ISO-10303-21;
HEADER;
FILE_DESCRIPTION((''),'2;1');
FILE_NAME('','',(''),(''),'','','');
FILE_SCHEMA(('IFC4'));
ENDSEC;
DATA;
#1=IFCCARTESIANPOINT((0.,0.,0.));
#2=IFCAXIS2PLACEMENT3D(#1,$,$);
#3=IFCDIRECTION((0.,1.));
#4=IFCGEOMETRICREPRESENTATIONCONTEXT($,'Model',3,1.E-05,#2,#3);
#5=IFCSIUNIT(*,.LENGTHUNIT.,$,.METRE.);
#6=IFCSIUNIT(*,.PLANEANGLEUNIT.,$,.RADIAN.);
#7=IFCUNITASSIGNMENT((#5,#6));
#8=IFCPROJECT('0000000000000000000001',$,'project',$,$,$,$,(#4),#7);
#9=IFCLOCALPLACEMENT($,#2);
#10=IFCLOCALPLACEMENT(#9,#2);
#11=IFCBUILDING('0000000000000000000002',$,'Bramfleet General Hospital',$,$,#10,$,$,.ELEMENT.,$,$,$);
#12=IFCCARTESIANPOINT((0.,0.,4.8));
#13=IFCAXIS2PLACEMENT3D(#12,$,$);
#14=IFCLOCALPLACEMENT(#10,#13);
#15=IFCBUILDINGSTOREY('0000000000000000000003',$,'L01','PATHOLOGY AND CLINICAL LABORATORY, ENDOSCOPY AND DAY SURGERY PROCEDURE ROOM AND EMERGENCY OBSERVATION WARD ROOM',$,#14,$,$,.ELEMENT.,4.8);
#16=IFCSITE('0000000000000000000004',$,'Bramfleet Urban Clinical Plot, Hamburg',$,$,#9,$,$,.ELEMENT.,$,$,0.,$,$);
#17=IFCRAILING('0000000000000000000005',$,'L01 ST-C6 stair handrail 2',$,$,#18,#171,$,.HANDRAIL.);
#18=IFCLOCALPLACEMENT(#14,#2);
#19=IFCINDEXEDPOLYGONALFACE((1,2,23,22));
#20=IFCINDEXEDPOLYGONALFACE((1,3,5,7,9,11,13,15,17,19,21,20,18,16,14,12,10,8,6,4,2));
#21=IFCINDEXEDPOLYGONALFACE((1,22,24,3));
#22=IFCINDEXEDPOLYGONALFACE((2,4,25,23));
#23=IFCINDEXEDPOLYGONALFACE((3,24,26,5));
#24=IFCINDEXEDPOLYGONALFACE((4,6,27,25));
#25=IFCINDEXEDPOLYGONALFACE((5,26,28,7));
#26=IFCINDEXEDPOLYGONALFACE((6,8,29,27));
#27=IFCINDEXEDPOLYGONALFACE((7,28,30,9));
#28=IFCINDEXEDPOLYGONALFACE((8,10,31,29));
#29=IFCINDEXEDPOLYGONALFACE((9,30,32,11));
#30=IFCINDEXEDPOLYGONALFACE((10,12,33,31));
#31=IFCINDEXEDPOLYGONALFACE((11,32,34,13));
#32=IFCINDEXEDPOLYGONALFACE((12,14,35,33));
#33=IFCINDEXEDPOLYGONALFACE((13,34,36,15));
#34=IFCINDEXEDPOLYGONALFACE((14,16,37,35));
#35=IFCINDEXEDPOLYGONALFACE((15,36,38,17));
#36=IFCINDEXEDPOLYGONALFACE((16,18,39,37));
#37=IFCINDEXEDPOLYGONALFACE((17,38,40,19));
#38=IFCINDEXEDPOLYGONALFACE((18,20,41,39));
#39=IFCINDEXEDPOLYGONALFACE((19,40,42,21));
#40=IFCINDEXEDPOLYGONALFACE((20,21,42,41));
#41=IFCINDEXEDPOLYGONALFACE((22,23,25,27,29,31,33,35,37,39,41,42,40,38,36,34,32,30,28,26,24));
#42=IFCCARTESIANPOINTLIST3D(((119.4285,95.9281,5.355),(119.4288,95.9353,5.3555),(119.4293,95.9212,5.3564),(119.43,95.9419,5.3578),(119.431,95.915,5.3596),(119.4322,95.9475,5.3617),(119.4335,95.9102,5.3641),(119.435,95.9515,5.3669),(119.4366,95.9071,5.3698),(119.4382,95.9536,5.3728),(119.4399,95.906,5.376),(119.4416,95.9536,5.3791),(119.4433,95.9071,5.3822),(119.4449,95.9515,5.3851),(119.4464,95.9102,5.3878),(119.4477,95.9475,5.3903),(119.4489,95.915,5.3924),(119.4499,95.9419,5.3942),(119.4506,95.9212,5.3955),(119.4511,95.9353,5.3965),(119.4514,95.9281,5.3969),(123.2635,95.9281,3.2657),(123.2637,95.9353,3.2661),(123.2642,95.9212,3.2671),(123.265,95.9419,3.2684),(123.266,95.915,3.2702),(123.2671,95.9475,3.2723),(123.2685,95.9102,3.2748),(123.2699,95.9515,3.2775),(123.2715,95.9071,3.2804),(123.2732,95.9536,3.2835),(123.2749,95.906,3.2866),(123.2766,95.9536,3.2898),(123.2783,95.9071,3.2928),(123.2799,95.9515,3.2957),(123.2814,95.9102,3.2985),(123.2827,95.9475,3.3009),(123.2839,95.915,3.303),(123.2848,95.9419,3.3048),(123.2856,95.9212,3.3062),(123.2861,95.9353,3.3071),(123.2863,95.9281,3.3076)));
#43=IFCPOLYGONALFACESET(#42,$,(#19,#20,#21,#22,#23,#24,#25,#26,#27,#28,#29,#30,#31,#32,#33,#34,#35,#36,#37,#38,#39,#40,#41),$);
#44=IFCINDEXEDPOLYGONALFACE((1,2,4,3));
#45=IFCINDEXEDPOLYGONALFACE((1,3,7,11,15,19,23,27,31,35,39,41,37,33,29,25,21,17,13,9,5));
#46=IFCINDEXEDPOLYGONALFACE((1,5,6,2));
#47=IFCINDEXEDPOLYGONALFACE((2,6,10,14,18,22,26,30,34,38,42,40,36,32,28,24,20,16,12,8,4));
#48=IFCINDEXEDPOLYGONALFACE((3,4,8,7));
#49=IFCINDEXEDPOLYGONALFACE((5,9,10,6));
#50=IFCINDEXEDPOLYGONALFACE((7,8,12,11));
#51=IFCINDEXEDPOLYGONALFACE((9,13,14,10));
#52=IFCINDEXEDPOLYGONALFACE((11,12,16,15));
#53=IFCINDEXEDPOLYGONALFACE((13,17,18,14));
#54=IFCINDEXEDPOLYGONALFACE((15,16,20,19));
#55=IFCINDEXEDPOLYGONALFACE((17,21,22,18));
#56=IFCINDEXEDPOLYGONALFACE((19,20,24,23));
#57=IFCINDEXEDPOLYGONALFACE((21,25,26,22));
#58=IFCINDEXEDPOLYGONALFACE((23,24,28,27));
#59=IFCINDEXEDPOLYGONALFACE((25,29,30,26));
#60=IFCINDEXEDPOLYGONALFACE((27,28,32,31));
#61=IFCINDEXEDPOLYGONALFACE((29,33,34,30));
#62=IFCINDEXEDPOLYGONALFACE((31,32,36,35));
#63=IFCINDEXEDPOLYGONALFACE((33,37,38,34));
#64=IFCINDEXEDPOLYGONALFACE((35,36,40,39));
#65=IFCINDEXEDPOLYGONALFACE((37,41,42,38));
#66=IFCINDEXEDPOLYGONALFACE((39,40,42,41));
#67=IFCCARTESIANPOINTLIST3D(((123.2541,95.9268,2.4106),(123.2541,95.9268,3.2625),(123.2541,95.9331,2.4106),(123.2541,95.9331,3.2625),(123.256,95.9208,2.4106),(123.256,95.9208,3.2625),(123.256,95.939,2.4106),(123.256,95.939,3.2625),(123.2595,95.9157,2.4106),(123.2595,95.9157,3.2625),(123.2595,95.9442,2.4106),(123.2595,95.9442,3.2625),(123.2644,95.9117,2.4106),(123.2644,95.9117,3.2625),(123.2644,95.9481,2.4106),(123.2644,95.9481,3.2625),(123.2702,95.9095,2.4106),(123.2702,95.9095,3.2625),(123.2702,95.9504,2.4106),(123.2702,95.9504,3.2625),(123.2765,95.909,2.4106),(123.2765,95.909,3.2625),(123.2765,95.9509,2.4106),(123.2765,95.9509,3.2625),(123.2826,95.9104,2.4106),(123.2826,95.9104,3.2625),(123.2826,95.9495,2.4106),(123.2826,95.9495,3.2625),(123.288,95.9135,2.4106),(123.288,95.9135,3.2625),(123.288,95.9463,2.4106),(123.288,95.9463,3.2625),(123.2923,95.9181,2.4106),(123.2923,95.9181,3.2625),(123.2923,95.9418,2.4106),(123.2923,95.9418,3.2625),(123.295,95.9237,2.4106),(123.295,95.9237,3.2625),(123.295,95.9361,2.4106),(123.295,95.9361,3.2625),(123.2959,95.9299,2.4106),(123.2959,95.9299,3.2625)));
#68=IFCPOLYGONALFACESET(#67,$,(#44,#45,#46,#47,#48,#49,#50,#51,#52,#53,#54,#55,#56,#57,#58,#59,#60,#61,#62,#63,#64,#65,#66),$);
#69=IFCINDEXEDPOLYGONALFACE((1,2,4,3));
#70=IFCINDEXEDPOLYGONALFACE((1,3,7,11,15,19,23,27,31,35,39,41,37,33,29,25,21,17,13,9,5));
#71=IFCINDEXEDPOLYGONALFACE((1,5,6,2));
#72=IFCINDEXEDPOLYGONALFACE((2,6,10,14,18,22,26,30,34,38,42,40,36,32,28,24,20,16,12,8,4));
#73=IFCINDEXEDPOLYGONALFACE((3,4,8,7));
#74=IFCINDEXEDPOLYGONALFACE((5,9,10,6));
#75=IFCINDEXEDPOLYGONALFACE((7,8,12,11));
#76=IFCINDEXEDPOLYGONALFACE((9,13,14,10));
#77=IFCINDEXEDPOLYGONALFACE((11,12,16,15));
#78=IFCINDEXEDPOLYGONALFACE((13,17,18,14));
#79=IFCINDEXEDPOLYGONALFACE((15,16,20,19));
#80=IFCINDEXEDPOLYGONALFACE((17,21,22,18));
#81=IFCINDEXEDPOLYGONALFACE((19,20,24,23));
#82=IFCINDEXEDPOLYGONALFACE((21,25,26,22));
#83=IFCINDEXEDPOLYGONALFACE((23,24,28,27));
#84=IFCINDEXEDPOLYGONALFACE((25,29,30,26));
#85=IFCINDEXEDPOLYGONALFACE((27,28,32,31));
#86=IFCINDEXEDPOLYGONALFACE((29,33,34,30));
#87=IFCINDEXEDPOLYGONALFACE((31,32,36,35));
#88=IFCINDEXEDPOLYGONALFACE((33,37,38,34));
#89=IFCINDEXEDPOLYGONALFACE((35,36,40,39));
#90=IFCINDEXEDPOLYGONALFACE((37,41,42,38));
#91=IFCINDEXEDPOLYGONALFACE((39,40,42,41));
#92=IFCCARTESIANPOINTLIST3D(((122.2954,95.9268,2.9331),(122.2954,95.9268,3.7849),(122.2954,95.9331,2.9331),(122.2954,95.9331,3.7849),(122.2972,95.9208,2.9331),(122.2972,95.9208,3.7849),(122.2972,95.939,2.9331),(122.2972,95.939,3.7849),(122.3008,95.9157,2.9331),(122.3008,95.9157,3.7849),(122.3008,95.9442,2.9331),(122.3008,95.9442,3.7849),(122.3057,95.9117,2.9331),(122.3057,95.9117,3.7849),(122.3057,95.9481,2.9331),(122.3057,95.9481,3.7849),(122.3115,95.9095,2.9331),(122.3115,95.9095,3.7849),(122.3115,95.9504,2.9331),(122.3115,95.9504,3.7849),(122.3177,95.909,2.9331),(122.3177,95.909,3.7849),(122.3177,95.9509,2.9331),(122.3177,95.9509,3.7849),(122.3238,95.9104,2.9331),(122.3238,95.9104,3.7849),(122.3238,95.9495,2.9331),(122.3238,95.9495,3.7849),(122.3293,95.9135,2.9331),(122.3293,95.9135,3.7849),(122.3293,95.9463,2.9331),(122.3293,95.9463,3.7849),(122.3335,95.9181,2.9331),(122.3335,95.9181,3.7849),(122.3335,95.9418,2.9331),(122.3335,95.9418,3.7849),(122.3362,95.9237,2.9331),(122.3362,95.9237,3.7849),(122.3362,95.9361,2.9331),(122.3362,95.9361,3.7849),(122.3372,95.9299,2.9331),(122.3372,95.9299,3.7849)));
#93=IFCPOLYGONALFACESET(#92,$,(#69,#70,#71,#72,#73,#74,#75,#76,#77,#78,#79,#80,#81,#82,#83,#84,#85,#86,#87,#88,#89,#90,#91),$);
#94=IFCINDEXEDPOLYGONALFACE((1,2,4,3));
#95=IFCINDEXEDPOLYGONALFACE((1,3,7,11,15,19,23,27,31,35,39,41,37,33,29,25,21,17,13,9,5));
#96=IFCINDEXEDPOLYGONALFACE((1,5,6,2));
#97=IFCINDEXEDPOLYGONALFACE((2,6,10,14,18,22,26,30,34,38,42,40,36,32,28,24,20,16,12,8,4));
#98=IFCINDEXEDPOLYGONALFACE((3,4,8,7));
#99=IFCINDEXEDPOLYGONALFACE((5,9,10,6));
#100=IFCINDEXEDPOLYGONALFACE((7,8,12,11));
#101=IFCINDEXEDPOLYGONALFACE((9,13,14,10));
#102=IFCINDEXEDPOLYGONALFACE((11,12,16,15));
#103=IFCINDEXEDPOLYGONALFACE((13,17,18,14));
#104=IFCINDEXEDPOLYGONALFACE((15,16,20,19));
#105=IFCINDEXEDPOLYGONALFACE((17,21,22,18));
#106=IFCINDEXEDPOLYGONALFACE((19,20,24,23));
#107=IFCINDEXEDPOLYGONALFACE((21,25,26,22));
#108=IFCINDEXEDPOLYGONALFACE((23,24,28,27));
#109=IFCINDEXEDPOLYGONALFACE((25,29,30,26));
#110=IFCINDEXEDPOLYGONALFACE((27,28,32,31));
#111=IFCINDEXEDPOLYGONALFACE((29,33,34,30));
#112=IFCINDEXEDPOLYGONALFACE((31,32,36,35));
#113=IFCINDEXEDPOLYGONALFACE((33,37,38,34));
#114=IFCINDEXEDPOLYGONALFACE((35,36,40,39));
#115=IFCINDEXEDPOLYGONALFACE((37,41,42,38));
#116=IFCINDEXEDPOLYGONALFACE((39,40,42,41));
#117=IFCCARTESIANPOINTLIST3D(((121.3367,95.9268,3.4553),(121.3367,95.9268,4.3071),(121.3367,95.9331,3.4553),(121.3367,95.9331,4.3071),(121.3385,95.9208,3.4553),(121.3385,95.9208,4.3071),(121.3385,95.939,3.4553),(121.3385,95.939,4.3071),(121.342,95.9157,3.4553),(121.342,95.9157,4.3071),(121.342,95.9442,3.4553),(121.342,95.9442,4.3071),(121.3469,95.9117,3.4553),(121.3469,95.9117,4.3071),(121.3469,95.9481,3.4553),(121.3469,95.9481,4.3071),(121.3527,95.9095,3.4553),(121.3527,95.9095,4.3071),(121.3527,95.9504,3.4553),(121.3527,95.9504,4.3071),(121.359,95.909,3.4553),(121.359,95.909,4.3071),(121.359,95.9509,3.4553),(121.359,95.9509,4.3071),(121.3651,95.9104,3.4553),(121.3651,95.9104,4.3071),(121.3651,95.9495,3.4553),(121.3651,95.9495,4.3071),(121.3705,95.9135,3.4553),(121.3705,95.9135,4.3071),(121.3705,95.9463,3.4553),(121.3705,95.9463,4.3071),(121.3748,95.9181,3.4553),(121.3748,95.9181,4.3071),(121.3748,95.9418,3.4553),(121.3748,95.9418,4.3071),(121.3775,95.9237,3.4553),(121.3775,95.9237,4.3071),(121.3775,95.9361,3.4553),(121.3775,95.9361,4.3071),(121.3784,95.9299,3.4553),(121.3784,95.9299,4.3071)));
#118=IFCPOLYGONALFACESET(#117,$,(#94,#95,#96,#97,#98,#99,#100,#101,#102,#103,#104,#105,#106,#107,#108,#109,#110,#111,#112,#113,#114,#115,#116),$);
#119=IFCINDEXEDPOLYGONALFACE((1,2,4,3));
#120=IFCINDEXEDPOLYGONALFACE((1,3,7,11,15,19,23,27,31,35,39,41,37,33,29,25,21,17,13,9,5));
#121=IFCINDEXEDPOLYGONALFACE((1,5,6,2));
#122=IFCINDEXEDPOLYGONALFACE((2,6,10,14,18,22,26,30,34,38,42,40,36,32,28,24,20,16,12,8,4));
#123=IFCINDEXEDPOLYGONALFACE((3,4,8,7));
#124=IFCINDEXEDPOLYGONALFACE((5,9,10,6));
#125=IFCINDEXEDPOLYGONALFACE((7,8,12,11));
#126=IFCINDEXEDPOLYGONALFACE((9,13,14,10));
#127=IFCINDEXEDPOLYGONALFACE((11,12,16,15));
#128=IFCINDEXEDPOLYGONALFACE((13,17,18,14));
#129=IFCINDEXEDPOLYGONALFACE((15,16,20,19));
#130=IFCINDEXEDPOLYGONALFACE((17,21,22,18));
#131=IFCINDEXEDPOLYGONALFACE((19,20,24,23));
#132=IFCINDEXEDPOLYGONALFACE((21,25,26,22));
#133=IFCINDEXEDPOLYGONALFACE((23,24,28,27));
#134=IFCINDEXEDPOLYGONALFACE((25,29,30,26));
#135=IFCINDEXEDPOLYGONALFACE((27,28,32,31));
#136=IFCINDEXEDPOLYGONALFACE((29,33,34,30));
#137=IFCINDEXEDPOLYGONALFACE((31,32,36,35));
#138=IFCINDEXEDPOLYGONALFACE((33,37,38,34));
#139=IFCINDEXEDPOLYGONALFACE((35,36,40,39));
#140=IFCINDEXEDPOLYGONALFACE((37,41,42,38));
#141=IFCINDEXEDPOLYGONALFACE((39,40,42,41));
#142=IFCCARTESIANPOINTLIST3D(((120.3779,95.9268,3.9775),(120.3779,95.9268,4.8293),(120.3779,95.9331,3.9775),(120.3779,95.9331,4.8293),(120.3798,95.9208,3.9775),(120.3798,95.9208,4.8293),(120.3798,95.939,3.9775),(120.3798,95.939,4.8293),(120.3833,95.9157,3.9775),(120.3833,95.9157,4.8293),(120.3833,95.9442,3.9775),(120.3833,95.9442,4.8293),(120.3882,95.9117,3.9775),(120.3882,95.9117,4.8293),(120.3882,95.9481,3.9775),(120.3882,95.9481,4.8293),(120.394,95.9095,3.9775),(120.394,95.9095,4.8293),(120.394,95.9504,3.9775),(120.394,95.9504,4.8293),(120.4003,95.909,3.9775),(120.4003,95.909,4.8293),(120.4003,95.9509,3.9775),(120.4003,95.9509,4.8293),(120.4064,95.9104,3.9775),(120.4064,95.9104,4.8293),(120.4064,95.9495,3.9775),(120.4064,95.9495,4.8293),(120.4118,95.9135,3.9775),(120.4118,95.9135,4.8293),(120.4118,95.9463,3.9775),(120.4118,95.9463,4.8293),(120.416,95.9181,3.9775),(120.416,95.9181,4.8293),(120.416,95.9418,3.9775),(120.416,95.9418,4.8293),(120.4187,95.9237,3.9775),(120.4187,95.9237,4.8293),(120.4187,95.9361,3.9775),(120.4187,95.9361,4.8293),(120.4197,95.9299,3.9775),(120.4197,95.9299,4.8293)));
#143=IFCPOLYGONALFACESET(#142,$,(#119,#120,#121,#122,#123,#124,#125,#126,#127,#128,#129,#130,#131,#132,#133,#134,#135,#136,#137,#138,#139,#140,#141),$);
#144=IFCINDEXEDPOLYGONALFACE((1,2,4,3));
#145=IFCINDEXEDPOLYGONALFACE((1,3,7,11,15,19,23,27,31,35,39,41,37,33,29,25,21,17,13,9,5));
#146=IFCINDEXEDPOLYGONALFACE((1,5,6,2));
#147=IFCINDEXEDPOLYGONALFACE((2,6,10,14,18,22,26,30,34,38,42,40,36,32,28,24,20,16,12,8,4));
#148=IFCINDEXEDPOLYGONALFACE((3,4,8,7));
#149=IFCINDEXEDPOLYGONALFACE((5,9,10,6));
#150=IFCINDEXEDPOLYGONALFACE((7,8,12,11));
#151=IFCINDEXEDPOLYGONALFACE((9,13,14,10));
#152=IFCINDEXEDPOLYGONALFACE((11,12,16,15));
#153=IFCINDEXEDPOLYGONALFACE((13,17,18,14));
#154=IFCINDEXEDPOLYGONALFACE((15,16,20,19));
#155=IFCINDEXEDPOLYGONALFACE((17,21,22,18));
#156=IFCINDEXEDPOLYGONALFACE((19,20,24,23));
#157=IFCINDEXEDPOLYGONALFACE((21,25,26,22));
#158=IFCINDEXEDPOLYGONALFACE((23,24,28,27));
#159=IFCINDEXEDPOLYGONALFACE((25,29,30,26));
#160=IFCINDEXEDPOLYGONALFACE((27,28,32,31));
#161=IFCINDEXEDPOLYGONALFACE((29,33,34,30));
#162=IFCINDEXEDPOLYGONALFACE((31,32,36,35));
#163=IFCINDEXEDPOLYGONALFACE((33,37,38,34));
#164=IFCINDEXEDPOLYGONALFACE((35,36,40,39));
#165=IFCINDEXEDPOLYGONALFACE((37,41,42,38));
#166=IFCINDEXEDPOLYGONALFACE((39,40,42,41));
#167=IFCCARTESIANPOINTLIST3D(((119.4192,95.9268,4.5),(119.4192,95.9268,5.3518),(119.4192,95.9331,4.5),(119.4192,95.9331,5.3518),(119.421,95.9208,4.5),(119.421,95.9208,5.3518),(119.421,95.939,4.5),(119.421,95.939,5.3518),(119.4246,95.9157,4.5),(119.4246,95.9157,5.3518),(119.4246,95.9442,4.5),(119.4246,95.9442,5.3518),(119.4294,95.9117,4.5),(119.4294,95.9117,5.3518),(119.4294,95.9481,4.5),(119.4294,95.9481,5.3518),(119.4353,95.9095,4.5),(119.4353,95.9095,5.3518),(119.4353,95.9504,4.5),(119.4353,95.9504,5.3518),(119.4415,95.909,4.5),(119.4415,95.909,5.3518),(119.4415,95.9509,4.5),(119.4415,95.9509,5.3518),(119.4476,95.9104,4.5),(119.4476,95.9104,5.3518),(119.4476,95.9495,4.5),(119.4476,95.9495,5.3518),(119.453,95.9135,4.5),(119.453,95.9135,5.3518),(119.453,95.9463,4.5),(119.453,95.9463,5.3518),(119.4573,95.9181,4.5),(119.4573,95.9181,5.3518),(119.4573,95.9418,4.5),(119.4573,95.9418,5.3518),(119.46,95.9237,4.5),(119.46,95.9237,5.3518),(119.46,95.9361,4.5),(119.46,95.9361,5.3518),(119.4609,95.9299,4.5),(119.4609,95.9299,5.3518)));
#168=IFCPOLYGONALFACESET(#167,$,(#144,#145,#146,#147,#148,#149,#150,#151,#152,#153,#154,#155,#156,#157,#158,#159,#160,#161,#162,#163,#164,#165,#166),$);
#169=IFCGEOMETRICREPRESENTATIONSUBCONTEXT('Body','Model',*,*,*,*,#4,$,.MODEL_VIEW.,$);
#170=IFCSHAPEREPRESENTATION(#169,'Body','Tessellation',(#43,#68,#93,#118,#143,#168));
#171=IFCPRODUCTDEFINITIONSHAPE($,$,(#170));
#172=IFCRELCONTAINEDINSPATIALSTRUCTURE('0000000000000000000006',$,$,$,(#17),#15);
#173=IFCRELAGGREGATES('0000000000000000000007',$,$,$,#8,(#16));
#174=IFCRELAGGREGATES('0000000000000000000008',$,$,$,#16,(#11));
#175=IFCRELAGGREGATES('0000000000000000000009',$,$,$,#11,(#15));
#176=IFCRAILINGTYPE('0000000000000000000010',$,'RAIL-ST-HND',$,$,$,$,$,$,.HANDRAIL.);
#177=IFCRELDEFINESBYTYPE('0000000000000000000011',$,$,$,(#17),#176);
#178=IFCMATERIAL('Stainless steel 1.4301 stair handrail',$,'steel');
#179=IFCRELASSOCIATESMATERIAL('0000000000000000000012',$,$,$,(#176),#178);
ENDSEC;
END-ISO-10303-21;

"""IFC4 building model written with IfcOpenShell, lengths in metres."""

from ifc_helpers import new_model, si_unit, direction, frame, origin, origin_2d, place, context, subcontext, project, spatial, circle, extrude, material, type_object, element, save


model = new_model("IFC4")

# Units and contexts
model_context = context("Model", 3, precision=1e-05, world=origin(), true_north=direction((0.0, 1.0)))
body_context = subcontext(model_context, "Body", "Model", "MODEL_VIEW")
ifc_project = project(units=[si_unit("LENGTHUNIT", "METRE"), si_unit("PLANEANGLEUNIT", "RADIAN")], contexts=[model_context])

# Site, building, storey
site_placement = place(None, origin())
site = spatial("IfcSite", under=ifc_project, at=site_placement, Name="Bramfleet Urban Clinical Plot, Hamburg", CompositionType="ELEMENT", RefElevation=0.0)
building_placement = place(site_placement, origin())
building = spatial("IfcBuilding", under=site, at=building_placement, Name="Bramfleet General Hospital", CompositionType="ELEMENT")
storey_placement = place(building_placement, frame((0.0, 0.0, 4.8)))
storey = spatial("IfcBuildingStorey", under=building, at=storey_placement, Name="L01", Description="PATHOLOGY AND CLINICAL LABORATORY, ENDOSCOPY AND DAY SURGERY PROCEDURE ROOM AND EMERGENCY OBSERVATION WARD ROOM", CompositionType="ELEMENT", Elevation=4.8)

# Railing
ifc_material_1 = material(Name="Stainless steel 1.4301 stair handrail", Category="steel")
railing_type_1 = type_object("IfcRailingType", Name="RAIL-ST-HND", PredefinedType="HANDRAIL", material=ifc_material_1)
railing_1_placement = place(storey_placement, frame((123.2749, 95.9299, 2.4106)))
element("IfcRailing", 1, at=railing_1_placement, inside=storey, type_object=railing_type_1, Name="L01 ST-C6 stair handrail 2", PredefinedType="HANDRAIL", context=body_context, shape_type="SweptSolid", body=[
    extrude(circle(Radius=0.0239, at=origin_2d()), frame((0.0, 0.0, 0.876), z_axis=(-0.87813, 0.0, 0.478421), x_axis=(0.0, -1.0, 0.0)), (0.0, 0.0, 1.0), 4.3672),
    extrude(circle(Radius=0.021, at=origin_2d()), origin(), (0.0, 0.0, 1.0), 0.8518),
    extrude(circle(Radius=0.021, at=origin_2d()), frame((-0.9587, 0.0, 0.5225)), (0.0, 0.0, 1.0), 0.8518),
    extrude(circle(Radius=0.021, at=origin_2d()), frame((-1.9175, 0.0, 1.0447)), (0.0, 0.0, 1.0), 0.8518),
    extrude(circle(Radius=0.021, at=origin_2d()), frame((-2.8762, 0.0, 1.5669)), (0.0, 0.0, 1.0), 0.8518),
    extrude(circle(Radius=0.021, at=origin_2d()), frame((-3.835, 0.0, 2.0894)), (0.0, 0.0, 1.0), 0.8518),
])

save(model, "model.ifc")
